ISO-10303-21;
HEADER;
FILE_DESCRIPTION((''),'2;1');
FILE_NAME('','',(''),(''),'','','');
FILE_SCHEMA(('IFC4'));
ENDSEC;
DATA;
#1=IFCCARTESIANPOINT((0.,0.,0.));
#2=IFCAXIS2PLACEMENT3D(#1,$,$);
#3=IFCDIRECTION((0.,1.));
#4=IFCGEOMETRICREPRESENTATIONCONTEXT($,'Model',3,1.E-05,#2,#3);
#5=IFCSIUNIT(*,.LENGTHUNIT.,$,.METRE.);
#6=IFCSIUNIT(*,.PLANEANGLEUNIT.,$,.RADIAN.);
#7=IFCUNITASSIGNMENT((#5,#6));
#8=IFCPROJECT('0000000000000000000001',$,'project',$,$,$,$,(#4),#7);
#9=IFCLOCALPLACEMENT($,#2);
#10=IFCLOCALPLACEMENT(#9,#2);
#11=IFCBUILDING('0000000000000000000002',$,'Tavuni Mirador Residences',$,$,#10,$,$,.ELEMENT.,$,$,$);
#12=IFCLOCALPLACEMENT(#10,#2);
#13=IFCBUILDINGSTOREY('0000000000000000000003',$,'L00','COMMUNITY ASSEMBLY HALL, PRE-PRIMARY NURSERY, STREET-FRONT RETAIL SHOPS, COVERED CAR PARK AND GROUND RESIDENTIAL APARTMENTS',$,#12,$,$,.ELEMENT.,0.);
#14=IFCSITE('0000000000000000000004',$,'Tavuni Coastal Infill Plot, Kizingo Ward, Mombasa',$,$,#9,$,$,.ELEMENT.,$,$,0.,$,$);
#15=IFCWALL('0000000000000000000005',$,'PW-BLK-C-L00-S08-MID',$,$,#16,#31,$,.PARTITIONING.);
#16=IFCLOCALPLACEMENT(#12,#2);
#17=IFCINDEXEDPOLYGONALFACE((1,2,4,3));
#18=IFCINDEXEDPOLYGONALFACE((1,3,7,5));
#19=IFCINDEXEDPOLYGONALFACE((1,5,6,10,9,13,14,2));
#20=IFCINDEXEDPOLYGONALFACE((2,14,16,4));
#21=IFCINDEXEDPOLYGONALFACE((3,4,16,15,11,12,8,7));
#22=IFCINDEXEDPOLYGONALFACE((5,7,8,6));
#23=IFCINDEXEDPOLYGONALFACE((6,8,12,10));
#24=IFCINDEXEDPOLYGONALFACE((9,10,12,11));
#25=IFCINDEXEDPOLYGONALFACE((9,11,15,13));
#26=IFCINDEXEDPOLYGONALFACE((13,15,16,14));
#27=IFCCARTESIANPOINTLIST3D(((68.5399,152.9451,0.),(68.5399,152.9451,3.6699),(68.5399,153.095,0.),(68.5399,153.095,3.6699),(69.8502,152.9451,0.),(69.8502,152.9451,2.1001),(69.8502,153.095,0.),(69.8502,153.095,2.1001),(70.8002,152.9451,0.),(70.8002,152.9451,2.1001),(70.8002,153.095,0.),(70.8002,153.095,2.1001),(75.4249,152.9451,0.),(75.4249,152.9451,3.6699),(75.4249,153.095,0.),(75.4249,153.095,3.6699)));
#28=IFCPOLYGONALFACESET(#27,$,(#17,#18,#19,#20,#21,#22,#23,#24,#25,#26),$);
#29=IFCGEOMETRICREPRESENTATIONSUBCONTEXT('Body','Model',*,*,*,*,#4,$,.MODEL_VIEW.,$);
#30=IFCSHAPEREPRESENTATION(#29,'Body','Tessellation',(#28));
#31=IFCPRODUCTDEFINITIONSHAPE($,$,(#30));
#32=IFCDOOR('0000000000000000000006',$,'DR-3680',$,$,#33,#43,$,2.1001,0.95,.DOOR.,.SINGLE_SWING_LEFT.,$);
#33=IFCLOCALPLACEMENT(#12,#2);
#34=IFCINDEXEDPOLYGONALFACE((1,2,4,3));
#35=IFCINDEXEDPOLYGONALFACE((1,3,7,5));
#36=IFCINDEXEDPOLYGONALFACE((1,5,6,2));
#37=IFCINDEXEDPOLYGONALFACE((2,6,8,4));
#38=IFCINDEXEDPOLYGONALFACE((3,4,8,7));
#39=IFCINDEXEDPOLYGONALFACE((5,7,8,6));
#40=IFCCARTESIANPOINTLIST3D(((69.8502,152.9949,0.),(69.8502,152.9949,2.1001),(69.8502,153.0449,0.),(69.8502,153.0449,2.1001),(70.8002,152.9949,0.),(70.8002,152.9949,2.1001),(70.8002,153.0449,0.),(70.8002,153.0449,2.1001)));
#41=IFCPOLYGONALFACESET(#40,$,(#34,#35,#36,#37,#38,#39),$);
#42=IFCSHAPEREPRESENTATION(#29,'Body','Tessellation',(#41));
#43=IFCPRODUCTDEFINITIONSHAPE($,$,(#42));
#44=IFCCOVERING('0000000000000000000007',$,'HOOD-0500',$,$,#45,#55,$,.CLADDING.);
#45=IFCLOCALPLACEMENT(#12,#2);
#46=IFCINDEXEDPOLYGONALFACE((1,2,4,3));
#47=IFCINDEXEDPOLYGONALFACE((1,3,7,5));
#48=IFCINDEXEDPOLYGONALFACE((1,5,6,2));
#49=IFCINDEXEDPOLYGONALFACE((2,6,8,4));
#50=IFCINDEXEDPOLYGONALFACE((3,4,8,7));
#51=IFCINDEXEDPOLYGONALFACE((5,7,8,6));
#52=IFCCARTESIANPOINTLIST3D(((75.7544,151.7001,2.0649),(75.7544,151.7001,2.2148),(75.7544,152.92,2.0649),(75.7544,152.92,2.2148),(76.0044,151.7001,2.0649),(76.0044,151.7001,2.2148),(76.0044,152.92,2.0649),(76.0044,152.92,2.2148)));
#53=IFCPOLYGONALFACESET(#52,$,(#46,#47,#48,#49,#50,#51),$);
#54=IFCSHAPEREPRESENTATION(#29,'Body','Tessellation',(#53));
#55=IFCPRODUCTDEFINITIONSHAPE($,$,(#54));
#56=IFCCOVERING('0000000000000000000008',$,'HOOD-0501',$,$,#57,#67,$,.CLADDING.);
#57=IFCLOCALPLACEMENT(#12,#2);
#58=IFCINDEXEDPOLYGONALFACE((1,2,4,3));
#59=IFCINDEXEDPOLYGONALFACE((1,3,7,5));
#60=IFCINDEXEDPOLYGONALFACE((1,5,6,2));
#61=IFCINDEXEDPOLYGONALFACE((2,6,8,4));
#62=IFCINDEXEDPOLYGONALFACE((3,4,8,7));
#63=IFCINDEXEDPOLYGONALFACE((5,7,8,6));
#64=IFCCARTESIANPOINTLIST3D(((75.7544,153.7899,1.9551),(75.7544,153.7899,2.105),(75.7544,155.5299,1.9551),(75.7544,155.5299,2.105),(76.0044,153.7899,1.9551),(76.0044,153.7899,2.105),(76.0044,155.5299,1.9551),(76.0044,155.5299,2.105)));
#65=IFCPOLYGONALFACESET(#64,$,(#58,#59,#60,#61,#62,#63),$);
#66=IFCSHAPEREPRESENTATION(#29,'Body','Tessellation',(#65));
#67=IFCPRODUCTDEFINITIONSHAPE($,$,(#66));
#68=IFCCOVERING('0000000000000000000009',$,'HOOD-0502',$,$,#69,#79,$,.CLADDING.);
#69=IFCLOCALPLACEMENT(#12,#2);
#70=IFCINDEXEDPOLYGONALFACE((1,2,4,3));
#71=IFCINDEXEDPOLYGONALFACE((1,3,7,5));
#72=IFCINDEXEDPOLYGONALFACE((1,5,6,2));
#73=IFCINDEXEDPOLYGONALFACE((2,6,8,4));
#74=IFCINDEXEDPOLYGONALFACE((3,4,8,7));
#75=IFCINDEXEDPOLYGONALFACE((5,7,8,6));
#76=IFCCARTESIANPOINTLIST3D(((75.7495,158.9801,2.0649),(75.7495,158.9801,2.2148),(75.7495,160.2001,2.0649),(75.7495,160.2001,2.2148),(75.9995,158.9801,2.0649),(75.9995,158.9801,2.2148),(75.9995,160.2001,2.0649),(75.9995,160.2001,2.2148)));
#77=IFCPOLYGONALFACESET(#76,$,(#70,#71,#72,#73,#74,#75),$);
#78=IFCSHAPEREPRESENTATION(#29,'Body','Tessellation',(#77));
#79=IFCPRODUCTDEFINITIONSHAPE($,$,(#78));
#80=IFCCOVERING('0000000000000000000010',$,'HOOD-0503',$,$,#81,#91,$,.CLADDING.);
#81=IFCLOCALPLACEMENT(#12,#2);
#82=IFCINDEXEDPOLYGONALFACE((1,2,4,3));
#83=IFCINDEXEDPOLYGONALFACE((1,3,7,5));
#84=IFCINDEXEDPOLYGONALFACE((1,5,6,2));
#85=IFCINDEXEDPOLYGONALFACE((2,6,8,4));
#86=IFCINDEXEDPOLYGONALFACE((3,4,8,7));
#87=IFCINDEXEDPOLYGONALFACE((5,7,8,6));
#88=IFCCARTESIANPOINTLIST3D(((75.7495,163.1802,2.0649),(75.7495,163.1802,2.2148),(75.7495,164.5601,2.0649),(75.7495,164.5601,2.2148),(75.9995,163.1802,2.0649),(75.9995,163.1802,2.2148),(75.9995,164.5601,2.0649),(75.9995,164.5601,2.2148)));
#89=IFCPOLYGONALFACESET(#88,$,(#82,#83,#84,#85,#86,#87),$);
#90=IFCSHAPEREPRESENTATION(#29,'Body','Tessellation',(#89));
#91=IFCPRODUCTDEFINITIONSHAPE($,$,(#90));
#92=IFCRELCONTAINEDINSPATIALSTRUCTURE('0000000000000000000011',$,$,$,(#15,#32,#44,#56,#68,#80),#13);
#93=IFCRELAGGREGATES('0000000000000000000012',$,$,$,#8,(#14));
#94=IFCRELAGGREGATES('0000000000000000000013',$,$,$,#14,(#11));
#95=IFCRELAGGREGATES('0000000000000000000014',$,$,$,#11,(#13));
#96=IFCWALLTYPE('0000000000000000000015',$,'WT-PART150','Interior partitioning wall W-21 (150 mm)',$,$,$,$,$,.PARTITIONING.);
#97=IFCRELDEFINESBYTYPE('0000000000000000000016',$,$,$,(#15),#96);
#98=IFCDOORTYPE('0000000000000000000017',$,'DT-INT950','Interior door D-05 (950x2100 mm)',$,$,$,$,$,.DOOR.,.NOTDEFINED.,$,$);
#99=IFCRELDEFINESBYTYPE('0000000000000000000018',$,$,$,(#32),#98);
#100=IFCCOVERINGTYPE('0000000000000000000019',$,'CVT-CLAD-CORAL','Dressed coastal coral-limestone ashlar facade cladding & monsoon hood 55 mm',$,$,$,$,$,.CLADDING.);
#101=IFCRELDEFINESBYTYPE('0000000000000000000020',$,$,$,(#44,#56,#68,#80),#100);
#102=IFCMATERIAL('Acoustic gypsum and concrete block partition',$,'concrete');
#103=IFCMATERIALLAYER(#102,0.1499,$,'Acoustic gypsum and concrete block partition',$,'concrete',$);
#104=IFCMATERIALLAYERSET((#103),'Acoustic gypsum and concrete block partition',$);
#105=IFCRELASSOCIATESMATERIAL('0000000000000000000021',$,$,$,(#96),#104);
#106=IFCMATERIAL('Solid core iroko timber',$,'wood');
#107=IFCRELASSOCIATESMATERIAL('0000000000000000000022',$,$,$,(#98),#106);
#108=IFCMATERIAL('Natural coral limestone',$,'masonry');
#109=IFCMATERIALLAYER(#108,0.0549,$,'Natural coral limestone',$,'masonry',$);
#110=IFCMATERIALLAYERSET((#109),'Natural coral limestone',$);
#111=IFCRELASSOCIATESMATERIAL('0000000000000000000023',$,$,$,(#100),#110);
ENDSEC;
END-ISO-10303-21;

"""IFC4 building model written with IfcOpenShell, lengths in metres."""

from ifc_helpers import new_model, si_unit, direction, frame, frame_2d, origin, origin_2d, place, context, subcontext, project, spatial, rectangle, extrude, material, layer, layer_set, type_object, element, fill, save


model = new_model("IFC4")

# Units and contexts
model_context = context("Model", 3, precision=1e-05, world=origin(), true_north=direction((0.0, 1.0)))
body_context = subcontext(model_context, "Body", "Model", "MODEL_VIEW")
ifc_project = project(units=[si_unit("LENGTHUNIT", "METRE"), si_unit("PLANEANGLEUNIT", "RADIAN")], contexts=[model_context])

# Site, building, storey
site_placement = place(None, origin())
site = spatial("IfcSite", under=ifc_project, at=site_placement, Name="Tavuni Coastal Infill Plot, Kizingo Ward, Mombasa", CompositionType="ELEMENT", RefElevation=0.0)
building_placement = place(site_placement, origin())
building = spatial("IfcBuilding", under=site, at=building_placement, Name="Tavuni Mirador Residences", CompositionType="ELEMENT")
storey_placement = place(building_placement, origin())
storey = spatial("IfcBuildingStorey", under=building, at=storey_placement, Name="L00", Description="COMMUNITY ASSEMBLY HALL, PRE-PRIMARY NURSERY, STREET-FRONT RETAIL SHOPS, COVERED CAR PARK AND GROUND RESIDENTIAL APARTMENTS", CompositionType="ELEMENT", Elevation=0.0)

# Shared definitions
ifc_material_1 = material(Name="Solid core iroko timber", Category="wood")

# Wall, opening, door
ifc_material_2 = material(Name="Acoustic gypsum and concrete block partition", Category="concrete")
ifc_layer_1 = layer(ifc_material_2, 0.1499, Name="Acoustic gypsum and concrete block partition", Category="concrete")
ifc_layer_set_1 = layer_set([ifc_layer_1], Name="Acoustic gypsum and concrete block partition")
wall_type_1 = type_object("IfcWallType", Name="WT-PART150", Description="Interior partitioning wall W-21 (150 mm)", PredefinedType="PARTITIONING", material=ifc_layer_set_1)
wall_1_placement = place(storey_placement, frame((68.54, 153.02, 0.0), z_axis=(0.0, 0.0, 1.0), x_axis=(1.0, 0.0, 0.0)))
wall_1 = element("IfcWall", 1, at=wall_1_placement, inside=storey, type_object=wall_type_1, Name="PW-BLK-C-L00-S08-MID", PredefinedType="PARTITIONING", context=body_context, shape_type="SweptSolid", body=[
    extrude(rectangle(XDim=6.885, YDim=0.1499, at=frame_2d((3.4424, 0.0))), origin(), (0.0, 0.0, 1.0), 3.6699),
])
opening_1_placement = place(wall_1_placement, frame((1.3101, 0.0, 0.0)))
opening_1 = element("IfcOpeningElement", 2, at=opening_1_placement, cuts=wall_1, PredefinedType="OPENING", context=body_context, shape_type="SweptSolid", body=[
    extrude(rectangle(XDim=0.95, YDim=2.1001, at=frame_2d((0.4751, 1.05))), frame((0.0, 0.085, 0.0), z_axis=(0.0, -1.0, 0.0), x_axis=(1.0, 0.0, 0.0)), (0.0, 0.0, 1.0), 0.1699),
])
door_type_1 = type_object("IfcDoorType", Name="DT-INT950", Description="Interior door D-05 (950x2100 mm)", OperationType="NOTDEFINED", PredefinedType="DOOR", material=ifc_material_1)
door_1_placement = place(opening_1_placement, origin())
door_1 = element("IfcDoor", 3, at=door_1_placement, inside=storey, type_object=door_type_1, Name="DR-3680", OperationType="SINGLE_SWING_LEFT", OverallHeight=2.1001, OverallWidth=0.95, PredefinedType="DOOR", context=body_context, shape_type="SweptSolid", body=[
    extrude(rectangle(XDim=0.95, YDim=2.1001, at=frame_2d((0.4751, 1.05))), frame((0.0, 0.0249, 0.0), z_axis=(0.0, -1.0, 0.0), x_axis=(1.0, 0.0, 0.0)), (0.0, 0.0, 1.0), 0.05),
])
fill(opening_1, door_1)

# Coverings
ifc_material_3 = material(Name="Natural coral limestone", Category="masonry")
ifc_layer_2 = layer(ifc_material_3, 0.0549, Name="Natural coral limestone", Category="masonry")
ifc_layer_set_2 = layer_set([ifc_layer_2], Name="Natural coral limestone")
covering_type = type_object("IfcCoveringType", Name="CVT-CLAD-CORAL", Description="Dressed coastal coral-limestone ashlar facade cladding & monsoon hood 55 mm", PredefinedType="CLADDING", material=ifc_layer_set_2)
covering_1_placement = place(storey_placement, frame((75.8794, 152.3101, 2.0649), z_axis=(0.0, 0.0, 1.0), x_axis=(0.0, 1.0, 0.0)))
element("IfcCovering", 4, at=covering_1_placement, inside=storey, type_object=covering_type, Name="HOOD-0500", PredefinedType="CLADDING", context=body_context, shape_type="SweptSolid", body=[
    extrude(rectangle(XDim=1.22, YDim=0.25, at=origin_2d()), origin(), (0.0, 0.0, 1.0), 0.1499),
])
covering_2_placement = place(storey_placement, frame((75.8794, 154.6599, 1.9551), z_axis=(0.0, 0.0, 1.0), x_axis=(0.0, 1.0, 0.0)))
element("IfcCovering", 5, at=covering_2_placement, inside=storey, type_object=covering_type, Name="HOOD-0501", PredefinedType="CLADDING", context=body_context, shape_type="SweptSolid", body=[
    extrude(rectangle(XDim=1.74, YDim=0.25, at=origin_2d()), origin(), (0.0, 0.0, 1.0), 0.1499),
])
covering_3_placement = place(storey_placement, frame((75.8745, 159.5901, 2.0649), z_axis=(0.0, 0.0, 1.0), x_axis=(0.0, 1.0, 0.0)))
element("IfcCovering", 6, at=covering_3_placement, inside=storey, type_object=covering_type, Name="HOOD-0502", PredefinedType="CLADDING", context=body_context, shape_type="SweptSolid", body=[
    extrude(rectangle(XDim=1.22, YDim=0.25, at=origin_2d()), origin(), (0.0, 0.0, 1.0), 0.1499),
])
covering_4_placement = place(storey_placement, frame((75.8745, 163.8701, 2.0649), z_axis=(0.0, 0.0, 1.0), x_axis=(0.0, 1.0, 0.0)))
element("IfcCovering", 7, at=covering_4_placement, inside=storey, type_object=covering_type, Name="HOOD-0503", PredefinedType="CLADDING", context=body_context, shape_type="SweptSolid", body=[
    extrude(rectangle(XDim=1.3799, YDim=0.25, at=origin_2d()), origin(), (0.0, 0.0, 1.0), 0.1499),
])

save(model, "model.ifc")
